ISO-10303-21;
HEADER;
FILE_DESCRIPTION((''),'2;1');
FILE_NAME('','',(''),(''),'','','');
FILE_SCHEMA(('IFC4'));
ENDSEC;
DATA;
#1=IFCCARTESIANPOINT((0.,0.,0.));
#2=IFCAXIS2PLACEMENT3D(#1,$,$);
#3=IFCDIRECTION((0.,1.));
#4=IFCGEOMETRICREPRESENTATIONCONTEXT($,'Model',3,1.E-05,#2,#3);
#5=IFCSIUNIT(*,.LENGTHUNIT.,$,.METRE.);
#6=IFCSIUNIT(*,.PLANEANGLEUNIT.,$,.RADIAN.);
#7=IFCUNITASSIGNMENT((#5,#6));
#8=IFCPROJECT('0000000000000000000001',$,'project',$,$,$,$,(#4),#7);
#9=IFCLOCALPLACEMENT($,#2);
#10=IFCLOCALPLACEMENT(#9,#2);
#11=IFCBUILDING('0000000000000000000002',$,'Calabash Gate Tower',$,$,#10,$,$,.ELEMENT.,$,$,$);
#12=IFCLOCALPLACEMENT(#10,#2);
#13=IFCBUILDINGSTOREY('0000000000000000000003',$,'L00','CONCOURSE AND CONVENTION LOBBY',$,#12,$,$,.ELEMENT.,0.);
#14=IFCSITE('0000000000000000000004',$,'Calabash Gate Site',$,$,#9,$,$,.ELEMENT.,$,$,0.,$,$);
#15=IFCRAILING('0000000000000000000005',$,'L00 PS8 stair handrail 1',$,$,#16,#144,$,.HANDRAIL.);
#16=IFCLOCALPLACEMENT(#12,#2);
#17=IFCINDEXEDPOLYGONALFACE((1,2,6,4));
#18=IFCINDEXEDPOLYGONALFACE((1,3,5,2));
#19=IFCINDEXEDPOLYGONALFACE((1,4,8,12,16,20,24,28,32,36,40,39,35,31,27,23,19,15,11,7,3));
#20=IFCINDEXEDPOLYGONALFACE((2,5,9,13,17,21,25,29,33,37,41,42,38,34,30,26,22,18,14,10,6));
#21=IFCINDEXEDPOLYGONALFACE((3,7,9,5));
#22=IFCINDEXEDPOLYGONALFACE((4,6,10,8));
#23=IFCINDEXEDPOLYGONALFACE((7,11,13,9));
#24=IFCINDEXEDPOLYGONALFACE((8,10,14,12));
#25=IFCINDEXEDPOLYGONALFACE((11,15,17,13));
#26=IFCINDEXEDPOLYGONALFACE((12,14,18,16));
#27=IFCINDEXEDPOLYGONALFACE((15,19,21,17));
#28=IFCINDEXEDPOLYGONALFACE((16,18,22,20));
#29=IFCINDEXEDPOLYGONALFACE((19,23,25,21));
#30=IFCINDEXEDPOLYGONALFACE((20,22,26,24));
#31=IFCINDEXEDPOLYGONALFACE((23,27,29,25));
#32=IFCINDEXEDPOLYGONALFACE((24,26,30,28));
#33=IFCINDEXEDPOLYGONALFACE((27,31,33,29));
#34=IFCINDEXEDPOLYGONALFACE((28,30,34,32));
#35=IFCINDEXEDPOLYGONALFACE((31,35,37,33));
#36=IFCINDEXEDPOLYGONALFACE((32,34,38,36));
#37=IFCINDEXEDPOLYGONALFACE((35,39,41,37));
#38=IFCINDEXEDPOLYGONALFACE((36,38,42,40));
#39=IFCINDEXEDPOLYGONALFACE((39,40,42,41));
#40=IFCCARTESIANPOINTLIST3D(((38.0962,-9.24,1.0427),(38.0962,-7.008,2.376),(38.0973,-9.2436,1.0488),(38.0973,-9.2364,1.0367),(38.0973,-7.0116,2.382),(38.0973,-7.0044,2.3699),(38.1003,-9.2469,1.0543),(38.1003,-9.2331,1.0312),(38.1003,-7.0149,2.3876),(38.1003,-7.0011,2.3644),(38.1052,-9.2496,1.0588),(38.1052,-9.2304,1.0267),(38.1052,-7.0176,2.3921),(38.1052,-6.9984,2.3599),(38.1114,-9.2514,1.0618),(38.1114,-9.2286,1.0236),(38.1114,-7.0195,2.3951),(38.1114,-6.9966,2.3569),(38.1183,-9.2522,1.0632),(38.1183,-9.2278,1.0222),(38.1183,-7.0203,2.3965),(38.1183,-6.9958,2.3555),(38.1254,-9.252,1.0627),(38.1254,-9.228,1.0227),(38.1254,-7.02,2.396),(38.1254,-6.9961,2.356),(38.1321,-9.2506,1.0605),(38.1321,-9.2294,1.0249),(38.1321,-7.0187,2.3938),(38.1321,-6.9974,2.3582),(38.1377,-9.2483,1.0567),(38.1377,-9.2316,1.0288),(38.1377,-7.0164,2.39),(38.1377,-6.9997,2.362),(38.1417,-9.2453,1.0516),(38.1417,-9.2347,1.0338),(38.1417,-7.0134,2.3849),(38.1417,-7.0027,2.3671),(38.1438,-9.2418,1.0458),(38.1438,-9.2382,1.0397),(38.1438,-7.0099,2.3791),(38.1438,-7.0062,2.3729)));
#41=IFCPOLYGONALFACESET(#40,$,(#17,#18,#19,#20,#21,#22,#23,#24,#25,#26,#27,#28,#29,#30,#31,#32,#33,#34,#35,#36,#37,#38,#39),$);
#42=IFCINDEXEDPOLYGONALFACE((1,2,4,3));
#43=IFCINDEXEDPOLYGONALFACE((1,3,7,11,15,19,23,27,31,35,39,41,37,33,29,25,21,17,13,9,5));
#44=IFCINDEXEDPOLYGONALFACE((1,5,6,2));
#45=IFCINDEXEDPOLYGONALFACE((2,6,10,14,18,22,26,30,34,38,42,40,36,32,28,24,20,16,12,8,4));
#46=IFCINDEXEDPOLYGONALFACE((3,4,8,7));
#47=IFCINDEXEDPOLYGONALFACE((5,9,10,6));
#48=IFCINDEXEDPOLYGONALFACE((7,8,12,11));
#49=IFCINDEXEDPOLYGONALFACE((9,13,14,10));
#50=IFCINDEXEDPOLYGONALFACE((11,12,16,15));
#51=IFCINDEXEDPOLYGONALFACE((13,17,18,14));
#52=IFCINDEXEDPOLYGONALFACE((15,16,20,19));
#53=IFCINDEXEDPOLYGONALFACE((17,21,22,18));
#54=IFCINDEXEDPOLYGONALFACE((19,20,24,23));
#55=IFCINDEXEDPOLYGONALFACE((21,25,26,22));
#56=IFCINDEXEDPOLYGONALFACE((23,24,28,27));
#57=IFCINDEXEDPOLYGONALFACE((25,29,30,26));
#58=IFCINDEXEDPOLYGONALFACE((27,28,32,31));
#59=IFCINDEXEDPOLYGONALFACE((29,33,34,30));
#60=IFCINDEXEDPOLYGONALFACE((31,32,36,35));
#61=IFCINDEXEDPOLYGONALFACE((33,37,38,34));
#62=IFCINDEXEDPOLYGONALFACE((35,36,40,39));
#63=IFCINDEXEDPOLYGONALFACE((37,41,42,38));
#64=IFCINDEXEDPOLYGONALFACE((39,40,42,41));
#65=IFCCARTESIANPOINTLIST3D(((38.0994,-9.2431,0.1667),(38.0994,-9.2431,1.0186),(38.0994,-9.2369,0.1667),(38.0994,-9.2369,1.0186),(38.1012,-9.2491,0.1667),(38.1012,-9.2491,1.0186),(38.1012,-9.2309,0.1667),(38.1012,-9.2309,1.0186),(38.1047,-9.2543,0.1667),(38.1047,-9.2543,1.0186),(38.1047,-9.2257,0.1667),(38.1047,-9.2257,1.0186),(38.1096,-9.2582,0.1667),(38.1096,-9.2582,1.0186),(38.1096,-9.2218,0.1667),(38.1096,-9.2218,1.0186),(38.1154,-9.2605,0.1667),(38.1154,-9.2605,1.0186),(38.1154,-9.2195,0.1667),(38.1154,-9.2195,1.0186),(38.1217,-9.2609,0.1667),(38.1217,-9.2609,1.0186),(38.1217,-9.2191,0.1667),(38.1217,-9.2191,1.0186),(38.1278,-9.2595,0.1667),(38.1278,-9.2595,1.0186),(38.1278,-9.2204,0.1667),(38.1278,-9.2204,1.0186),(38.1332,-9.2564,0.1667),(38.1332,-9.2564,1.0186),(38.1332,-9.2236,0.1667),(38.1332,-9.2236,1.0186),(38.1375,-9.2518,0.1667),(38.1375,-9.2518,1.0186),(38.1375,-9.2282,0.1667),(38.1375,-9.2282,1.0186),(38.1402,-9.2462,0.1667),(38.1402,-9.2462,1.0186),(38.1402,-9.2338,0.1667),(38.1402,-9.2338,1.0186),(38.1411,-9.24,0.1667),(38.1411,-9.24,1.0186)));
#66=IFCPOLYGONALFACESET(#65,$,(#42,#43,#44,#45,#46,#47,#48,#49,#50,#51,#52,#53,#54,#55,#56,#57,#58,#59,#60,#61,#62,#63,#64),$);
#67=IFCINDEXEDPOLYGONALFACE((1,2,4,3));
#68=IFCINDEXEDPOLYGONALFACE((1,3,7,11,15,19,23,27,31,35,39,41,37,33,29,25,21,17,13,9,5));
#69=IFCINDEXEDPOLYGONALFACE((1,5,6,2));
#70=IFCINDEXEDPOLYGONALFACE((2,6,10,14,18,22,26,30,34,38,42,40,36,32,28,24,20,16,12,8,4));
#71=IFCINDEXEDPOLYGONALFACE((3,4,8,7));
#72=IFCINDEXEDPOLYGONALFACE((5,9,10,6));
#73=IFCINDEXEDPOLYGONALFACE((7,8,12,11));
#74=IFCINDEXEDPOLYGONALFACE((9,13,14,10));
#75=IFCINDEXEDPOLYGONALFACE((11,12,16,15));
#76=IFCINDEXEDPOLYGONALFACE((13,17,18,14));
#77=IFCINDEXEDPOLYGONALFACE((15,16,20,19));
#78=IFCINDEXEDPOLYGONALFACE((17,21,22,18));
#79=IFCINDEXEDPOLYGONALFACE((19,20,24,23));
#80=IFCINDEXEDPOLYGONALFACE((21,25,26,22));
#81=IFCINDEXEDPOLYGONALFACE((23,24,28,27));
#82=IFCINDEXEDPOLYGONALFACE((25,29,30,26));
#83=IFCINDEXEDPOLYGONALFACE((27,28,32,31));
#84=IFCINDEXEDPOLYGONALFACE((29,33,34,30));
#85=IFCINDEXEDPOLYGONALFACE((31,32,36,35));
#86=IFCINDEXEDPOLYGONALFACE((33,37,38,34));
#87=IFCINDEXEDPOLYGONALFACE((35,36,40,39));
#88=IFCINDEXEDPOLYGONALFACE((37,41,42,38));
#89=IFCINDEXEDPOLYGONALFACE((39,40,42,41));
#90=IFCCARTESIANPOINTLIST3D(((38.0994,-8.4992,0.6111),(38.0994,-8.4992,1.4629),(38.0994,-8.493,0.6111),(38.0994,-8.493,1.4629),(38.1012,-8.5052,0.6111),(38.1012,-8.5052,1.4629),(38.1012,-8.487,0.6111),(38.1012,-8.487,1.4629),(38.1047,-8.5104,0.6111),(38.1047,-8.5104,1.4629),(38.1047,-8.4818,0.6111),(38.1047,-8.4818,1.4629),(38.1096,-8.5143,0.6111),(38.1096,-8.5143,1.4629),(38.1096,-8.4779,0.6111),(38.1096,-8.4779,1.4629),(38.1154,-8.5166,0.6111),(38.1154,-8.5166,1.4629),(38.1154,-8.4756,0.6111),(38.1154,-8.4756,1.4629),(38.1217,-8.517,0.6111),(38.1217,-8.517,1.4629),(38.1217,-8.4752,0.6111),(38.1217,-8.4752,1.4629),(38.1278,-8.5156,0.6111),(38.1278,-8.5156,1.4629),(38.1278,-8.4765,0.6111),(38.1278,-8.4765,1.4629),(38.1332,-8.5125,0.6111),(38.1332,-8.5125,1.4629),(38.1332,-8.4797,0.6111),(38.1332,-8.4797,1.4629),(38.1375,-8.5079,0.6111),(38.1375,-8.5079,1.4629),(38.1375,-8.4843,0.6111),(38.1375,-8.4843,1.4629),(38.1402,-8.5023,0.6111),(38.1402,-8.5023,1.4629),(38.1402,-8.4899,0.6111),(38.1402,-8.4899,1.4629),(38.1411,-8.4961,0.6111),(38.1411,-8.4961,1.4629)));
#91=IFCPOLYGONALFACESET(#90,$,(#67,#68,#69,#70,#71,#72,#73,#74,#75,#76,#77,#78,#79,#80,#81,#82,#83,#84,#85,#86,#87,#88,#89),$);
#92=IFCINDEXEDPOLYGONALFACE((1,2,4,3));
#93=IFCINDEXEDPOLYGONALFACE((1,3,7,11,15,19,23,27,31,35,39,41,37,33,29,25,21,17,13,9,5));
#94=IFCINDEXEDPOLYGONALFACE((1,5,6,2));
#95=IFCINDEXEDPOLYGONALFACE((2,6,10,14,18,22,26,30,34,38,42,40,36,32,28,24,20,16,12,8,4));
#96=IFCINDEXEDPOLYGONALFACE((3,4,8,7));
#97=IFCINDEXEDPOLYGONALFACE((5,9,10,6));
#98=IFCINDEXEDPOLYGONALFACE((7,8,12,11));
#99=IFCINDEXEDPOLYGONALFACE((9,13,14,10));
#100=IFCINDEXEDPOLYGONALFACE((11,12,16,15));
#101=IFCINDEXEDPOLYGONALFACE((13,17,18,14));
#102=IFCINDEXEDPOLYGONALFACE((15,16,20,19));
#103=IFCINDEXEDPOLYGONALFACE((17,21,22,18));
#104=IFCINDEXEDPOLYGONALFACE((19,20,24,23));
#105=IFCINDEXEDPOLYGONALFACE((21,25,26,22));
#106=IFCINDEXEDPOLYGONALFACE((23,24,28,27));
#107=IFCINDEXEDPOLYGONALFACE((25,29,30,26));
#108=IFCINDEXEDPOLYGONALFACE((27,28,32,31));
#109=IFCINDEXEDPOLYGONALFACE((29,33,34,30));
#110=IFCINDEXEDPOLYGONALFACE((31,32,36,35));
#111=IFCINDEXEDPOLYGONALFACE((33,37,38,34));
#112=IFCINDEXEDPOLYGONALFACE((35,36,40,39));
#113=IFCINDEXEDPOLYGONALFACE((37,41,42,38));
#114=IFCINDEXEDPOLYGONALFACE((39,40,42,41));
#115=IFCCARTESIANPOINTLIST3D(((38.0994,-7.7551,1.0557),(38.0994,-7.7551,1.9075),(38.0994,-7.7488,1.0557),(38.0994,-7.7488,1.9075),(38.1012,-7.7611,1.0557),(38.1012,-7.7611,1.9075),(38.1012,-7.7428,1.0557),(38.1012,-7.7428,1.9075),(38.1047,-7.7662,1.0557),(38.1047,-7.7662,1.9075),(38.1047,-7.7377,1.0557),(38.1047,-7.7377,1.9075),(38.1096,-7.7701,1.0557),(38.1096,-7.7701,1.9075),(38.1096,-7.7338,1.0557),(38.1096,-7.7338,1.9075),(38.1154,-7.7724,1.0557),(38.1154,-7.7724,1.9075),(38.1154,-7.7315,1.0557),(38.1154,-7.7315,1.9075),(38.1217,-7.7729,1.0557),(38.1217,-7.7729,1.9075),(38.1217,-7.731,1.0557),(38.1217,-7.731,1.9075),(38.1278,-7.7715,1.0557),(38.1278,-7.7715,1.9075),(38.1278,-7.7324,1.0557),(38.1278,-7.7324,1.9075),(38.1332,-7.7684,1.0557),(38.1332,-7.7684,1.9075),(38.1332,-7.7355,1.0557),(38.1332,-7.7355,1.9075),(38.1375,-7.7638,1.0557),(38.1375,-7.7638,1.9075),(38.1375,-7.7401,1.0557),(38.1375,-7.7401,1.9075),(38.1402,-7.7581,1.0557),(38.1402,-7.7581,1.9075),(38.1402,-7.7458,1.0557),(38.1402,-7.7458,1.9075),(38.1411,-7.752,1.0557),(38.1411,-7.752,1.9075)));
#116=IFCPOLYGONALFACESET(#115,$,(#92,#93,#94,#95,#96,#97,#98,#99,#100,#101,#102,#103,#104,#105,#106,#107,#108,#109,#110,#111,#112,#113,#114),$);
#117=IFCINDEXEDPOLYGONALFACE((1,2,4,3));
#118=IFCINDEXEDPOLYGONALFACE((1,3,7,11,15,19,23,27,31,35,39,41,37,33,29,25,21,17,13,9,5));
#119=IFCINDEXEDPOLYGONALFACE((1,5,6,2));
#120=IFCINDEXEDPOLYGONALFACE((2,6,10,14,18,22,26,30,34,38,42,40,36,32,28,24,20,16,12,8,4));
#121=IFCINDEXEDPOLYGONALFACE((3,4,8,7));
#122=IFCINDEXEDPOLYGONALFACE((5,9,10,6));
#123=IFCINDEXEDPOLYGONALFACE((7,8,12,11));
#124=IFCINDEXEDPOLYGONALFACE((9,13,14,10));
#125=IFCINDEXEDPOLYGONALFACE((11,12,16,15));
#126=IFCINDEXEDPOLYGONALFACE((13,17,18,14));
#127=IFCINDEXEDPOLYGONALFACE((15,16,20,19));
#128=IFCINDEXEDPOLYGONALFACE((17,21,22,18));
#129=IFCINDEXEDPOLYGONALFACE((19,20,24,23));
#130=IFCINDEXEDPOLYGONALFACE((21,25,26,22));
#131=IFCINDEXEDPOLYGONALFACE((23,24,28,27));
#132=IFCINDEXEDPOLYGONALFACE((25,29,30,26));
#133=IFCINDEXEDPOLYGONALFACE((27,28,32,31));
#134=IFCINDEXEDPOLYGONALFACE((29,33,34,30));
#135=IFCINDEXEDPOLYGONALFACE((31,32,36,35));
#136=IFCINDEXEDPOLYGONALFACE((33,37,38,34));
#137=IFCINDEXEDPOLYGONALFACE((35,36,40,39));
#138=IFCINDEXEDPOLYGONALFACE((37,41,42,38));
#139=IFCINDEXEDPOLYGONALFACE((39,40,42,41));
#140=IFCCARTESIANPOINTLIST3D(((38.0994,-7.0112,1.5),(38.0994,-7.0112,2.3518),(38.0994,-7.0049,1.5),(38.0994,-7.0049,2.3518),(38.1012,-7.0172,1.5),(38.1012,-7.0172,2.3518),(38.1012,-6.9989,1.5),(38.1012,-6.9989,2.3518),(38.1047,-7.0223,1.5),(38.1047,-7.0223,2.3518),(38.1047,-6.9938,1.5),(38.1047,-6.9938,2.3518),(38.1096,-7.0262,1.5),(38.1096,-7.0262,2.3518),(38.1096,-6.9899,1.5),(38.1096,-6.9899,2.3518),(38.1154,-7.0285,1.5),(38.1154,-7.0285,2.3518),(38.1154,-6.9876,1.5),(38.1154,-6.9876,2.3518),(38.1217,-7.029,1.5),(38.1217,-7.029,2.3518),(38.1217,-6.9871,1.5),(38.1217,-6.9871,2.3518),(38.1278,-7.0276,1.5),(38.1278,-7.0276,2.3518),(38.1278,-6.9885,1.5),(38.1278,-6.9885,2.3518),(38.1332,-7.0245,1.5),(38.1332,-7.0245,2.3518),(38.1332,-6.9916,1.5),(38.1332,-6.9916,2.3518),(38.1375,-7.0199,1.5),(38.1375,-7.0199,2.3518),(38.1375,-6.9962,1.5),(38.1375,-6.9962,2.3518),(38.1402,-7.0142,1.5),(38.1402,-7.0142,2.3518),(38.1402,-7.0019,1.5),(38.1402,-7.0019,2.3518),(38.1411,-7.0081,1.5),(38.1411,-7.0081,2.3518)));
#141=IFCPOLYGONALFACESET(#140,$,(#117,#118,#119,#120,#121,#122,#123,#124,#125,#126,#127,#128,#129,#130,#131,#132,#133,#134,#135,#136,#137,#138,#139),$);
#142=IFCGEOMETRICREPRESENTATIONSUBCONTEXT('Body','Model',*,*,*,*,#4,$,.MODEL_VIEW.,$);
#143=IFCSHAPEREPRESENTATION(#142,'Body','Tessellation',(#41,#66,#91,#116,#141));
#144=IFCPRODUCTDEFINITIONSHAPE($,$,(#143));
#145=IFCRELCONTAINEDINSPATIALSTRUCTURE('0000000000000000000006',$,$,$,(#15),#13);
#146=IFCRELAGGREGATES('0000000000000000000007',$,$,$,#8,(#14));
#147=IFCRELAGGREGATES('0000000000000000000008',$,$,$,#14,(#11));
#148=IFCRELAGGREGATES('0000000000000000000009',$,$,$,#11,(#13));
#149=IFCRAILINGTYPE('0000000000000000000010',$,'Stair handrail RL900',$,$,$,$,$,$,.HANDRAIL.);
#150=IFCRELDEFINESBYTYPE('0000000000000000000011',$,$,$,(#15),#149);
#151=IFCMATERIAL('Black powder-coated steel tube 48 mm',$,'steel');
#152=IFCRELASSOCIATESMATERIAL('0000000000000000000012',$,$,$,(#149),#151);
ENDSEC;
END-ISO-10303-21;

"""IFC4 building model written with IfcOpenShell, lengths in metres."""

from ifc_helpers import new_model, si_unit, direction, frame, origin, origin_2d, place, context, subcontext, project, spatial, circle, extrude, material, type_object, element, save


model = new_model("IFC4")

# Units and contexts
model_context = context("Model", 3, precision=1e-05, world=origin(), true_north=direction((0.0, 1.0)))
body_context = subcontext(model_context, "Body", "Model", "MODEL_VIEW")
ifc_project = project(units=[si_unit("LENGTHUNIT", "METRE"), si_unit("PLANEANGLEUNIT", "RADIAN")], contexts=[model_context])

# Site, building, storey
site_placement = place(None, origin())
site = spatial("IfcSite", under=ifc_project, at=site_placement, Name="Calabash Gate Site", CompositionType="ELEMENT", RefElevation=0.0)
building_placement = place(site_placement, origin())
building = spatial("IfcBuilding", under=site, at=building_placement, Name="Calabash Gate Tower", CompositionType="ELEMENT")
storey_placement = place(building_placement, origin())
storey = spatial("IfcBuildingStorey", under=building, at=storey_placement, Name="L00", Description="CONCOURSE AND CONVENTION LOBBY", CompositionType="ELEMENT", Elevation=0.0)

# Railing
ifc_material_1 = material(Name="Black powder-coated steel tube 48 mm", Category="steel")
railing_type_1 = type_object("IfcRailingType", Name="Stair handrail RL900", PredefinedType="HANDRAIL", material=ifc_material_1)
railing_1_placement = place(storey_placement, frame((38.1201, -9.24, 0.1667)))
element("IfcRailing", 1, at=railing_1_placement, inside=storey, type_object=railing_type_1, Name="L00 PS8 stair handrail 1", PredefinedType="HANDRAIL", context=body_context, shape_type="SweptSolid", body=[
    extrude(circle(Radius=0.0239, at=origin_2d()), frame((0.0, 0.0, 0.876), z_axis=(0.0, 0.858494, 0.512824), x_axis=(-1.0, 0.0, 0.0)), (0.0, 0.0, 1.0), 2.5999),
    extrude(circle(Radius=0.021, at=origin_2d()), origin(), (0.0, 0.0, 1.0), 0.8518),
    extrude(circle(Radius=0.021, at=origin_2d()), frame((0.0, 0.7439, 0.4443)), (0.0, 0.0, 1.0), 0.8518),
    extrude(circle(Radius=0.021, at=origin_2d()), frame((0.0, 1.488, 0.8889)), (0.0, 0.0, 1.0), 0.8518),
    extrude(circle(Radius=0.021, at=origin_2d()), frame((0.0, 2.2319, 1.3333)), (0.0, 0.0, 1.0), 0.8518),
])

save(model, "model.ifc")
